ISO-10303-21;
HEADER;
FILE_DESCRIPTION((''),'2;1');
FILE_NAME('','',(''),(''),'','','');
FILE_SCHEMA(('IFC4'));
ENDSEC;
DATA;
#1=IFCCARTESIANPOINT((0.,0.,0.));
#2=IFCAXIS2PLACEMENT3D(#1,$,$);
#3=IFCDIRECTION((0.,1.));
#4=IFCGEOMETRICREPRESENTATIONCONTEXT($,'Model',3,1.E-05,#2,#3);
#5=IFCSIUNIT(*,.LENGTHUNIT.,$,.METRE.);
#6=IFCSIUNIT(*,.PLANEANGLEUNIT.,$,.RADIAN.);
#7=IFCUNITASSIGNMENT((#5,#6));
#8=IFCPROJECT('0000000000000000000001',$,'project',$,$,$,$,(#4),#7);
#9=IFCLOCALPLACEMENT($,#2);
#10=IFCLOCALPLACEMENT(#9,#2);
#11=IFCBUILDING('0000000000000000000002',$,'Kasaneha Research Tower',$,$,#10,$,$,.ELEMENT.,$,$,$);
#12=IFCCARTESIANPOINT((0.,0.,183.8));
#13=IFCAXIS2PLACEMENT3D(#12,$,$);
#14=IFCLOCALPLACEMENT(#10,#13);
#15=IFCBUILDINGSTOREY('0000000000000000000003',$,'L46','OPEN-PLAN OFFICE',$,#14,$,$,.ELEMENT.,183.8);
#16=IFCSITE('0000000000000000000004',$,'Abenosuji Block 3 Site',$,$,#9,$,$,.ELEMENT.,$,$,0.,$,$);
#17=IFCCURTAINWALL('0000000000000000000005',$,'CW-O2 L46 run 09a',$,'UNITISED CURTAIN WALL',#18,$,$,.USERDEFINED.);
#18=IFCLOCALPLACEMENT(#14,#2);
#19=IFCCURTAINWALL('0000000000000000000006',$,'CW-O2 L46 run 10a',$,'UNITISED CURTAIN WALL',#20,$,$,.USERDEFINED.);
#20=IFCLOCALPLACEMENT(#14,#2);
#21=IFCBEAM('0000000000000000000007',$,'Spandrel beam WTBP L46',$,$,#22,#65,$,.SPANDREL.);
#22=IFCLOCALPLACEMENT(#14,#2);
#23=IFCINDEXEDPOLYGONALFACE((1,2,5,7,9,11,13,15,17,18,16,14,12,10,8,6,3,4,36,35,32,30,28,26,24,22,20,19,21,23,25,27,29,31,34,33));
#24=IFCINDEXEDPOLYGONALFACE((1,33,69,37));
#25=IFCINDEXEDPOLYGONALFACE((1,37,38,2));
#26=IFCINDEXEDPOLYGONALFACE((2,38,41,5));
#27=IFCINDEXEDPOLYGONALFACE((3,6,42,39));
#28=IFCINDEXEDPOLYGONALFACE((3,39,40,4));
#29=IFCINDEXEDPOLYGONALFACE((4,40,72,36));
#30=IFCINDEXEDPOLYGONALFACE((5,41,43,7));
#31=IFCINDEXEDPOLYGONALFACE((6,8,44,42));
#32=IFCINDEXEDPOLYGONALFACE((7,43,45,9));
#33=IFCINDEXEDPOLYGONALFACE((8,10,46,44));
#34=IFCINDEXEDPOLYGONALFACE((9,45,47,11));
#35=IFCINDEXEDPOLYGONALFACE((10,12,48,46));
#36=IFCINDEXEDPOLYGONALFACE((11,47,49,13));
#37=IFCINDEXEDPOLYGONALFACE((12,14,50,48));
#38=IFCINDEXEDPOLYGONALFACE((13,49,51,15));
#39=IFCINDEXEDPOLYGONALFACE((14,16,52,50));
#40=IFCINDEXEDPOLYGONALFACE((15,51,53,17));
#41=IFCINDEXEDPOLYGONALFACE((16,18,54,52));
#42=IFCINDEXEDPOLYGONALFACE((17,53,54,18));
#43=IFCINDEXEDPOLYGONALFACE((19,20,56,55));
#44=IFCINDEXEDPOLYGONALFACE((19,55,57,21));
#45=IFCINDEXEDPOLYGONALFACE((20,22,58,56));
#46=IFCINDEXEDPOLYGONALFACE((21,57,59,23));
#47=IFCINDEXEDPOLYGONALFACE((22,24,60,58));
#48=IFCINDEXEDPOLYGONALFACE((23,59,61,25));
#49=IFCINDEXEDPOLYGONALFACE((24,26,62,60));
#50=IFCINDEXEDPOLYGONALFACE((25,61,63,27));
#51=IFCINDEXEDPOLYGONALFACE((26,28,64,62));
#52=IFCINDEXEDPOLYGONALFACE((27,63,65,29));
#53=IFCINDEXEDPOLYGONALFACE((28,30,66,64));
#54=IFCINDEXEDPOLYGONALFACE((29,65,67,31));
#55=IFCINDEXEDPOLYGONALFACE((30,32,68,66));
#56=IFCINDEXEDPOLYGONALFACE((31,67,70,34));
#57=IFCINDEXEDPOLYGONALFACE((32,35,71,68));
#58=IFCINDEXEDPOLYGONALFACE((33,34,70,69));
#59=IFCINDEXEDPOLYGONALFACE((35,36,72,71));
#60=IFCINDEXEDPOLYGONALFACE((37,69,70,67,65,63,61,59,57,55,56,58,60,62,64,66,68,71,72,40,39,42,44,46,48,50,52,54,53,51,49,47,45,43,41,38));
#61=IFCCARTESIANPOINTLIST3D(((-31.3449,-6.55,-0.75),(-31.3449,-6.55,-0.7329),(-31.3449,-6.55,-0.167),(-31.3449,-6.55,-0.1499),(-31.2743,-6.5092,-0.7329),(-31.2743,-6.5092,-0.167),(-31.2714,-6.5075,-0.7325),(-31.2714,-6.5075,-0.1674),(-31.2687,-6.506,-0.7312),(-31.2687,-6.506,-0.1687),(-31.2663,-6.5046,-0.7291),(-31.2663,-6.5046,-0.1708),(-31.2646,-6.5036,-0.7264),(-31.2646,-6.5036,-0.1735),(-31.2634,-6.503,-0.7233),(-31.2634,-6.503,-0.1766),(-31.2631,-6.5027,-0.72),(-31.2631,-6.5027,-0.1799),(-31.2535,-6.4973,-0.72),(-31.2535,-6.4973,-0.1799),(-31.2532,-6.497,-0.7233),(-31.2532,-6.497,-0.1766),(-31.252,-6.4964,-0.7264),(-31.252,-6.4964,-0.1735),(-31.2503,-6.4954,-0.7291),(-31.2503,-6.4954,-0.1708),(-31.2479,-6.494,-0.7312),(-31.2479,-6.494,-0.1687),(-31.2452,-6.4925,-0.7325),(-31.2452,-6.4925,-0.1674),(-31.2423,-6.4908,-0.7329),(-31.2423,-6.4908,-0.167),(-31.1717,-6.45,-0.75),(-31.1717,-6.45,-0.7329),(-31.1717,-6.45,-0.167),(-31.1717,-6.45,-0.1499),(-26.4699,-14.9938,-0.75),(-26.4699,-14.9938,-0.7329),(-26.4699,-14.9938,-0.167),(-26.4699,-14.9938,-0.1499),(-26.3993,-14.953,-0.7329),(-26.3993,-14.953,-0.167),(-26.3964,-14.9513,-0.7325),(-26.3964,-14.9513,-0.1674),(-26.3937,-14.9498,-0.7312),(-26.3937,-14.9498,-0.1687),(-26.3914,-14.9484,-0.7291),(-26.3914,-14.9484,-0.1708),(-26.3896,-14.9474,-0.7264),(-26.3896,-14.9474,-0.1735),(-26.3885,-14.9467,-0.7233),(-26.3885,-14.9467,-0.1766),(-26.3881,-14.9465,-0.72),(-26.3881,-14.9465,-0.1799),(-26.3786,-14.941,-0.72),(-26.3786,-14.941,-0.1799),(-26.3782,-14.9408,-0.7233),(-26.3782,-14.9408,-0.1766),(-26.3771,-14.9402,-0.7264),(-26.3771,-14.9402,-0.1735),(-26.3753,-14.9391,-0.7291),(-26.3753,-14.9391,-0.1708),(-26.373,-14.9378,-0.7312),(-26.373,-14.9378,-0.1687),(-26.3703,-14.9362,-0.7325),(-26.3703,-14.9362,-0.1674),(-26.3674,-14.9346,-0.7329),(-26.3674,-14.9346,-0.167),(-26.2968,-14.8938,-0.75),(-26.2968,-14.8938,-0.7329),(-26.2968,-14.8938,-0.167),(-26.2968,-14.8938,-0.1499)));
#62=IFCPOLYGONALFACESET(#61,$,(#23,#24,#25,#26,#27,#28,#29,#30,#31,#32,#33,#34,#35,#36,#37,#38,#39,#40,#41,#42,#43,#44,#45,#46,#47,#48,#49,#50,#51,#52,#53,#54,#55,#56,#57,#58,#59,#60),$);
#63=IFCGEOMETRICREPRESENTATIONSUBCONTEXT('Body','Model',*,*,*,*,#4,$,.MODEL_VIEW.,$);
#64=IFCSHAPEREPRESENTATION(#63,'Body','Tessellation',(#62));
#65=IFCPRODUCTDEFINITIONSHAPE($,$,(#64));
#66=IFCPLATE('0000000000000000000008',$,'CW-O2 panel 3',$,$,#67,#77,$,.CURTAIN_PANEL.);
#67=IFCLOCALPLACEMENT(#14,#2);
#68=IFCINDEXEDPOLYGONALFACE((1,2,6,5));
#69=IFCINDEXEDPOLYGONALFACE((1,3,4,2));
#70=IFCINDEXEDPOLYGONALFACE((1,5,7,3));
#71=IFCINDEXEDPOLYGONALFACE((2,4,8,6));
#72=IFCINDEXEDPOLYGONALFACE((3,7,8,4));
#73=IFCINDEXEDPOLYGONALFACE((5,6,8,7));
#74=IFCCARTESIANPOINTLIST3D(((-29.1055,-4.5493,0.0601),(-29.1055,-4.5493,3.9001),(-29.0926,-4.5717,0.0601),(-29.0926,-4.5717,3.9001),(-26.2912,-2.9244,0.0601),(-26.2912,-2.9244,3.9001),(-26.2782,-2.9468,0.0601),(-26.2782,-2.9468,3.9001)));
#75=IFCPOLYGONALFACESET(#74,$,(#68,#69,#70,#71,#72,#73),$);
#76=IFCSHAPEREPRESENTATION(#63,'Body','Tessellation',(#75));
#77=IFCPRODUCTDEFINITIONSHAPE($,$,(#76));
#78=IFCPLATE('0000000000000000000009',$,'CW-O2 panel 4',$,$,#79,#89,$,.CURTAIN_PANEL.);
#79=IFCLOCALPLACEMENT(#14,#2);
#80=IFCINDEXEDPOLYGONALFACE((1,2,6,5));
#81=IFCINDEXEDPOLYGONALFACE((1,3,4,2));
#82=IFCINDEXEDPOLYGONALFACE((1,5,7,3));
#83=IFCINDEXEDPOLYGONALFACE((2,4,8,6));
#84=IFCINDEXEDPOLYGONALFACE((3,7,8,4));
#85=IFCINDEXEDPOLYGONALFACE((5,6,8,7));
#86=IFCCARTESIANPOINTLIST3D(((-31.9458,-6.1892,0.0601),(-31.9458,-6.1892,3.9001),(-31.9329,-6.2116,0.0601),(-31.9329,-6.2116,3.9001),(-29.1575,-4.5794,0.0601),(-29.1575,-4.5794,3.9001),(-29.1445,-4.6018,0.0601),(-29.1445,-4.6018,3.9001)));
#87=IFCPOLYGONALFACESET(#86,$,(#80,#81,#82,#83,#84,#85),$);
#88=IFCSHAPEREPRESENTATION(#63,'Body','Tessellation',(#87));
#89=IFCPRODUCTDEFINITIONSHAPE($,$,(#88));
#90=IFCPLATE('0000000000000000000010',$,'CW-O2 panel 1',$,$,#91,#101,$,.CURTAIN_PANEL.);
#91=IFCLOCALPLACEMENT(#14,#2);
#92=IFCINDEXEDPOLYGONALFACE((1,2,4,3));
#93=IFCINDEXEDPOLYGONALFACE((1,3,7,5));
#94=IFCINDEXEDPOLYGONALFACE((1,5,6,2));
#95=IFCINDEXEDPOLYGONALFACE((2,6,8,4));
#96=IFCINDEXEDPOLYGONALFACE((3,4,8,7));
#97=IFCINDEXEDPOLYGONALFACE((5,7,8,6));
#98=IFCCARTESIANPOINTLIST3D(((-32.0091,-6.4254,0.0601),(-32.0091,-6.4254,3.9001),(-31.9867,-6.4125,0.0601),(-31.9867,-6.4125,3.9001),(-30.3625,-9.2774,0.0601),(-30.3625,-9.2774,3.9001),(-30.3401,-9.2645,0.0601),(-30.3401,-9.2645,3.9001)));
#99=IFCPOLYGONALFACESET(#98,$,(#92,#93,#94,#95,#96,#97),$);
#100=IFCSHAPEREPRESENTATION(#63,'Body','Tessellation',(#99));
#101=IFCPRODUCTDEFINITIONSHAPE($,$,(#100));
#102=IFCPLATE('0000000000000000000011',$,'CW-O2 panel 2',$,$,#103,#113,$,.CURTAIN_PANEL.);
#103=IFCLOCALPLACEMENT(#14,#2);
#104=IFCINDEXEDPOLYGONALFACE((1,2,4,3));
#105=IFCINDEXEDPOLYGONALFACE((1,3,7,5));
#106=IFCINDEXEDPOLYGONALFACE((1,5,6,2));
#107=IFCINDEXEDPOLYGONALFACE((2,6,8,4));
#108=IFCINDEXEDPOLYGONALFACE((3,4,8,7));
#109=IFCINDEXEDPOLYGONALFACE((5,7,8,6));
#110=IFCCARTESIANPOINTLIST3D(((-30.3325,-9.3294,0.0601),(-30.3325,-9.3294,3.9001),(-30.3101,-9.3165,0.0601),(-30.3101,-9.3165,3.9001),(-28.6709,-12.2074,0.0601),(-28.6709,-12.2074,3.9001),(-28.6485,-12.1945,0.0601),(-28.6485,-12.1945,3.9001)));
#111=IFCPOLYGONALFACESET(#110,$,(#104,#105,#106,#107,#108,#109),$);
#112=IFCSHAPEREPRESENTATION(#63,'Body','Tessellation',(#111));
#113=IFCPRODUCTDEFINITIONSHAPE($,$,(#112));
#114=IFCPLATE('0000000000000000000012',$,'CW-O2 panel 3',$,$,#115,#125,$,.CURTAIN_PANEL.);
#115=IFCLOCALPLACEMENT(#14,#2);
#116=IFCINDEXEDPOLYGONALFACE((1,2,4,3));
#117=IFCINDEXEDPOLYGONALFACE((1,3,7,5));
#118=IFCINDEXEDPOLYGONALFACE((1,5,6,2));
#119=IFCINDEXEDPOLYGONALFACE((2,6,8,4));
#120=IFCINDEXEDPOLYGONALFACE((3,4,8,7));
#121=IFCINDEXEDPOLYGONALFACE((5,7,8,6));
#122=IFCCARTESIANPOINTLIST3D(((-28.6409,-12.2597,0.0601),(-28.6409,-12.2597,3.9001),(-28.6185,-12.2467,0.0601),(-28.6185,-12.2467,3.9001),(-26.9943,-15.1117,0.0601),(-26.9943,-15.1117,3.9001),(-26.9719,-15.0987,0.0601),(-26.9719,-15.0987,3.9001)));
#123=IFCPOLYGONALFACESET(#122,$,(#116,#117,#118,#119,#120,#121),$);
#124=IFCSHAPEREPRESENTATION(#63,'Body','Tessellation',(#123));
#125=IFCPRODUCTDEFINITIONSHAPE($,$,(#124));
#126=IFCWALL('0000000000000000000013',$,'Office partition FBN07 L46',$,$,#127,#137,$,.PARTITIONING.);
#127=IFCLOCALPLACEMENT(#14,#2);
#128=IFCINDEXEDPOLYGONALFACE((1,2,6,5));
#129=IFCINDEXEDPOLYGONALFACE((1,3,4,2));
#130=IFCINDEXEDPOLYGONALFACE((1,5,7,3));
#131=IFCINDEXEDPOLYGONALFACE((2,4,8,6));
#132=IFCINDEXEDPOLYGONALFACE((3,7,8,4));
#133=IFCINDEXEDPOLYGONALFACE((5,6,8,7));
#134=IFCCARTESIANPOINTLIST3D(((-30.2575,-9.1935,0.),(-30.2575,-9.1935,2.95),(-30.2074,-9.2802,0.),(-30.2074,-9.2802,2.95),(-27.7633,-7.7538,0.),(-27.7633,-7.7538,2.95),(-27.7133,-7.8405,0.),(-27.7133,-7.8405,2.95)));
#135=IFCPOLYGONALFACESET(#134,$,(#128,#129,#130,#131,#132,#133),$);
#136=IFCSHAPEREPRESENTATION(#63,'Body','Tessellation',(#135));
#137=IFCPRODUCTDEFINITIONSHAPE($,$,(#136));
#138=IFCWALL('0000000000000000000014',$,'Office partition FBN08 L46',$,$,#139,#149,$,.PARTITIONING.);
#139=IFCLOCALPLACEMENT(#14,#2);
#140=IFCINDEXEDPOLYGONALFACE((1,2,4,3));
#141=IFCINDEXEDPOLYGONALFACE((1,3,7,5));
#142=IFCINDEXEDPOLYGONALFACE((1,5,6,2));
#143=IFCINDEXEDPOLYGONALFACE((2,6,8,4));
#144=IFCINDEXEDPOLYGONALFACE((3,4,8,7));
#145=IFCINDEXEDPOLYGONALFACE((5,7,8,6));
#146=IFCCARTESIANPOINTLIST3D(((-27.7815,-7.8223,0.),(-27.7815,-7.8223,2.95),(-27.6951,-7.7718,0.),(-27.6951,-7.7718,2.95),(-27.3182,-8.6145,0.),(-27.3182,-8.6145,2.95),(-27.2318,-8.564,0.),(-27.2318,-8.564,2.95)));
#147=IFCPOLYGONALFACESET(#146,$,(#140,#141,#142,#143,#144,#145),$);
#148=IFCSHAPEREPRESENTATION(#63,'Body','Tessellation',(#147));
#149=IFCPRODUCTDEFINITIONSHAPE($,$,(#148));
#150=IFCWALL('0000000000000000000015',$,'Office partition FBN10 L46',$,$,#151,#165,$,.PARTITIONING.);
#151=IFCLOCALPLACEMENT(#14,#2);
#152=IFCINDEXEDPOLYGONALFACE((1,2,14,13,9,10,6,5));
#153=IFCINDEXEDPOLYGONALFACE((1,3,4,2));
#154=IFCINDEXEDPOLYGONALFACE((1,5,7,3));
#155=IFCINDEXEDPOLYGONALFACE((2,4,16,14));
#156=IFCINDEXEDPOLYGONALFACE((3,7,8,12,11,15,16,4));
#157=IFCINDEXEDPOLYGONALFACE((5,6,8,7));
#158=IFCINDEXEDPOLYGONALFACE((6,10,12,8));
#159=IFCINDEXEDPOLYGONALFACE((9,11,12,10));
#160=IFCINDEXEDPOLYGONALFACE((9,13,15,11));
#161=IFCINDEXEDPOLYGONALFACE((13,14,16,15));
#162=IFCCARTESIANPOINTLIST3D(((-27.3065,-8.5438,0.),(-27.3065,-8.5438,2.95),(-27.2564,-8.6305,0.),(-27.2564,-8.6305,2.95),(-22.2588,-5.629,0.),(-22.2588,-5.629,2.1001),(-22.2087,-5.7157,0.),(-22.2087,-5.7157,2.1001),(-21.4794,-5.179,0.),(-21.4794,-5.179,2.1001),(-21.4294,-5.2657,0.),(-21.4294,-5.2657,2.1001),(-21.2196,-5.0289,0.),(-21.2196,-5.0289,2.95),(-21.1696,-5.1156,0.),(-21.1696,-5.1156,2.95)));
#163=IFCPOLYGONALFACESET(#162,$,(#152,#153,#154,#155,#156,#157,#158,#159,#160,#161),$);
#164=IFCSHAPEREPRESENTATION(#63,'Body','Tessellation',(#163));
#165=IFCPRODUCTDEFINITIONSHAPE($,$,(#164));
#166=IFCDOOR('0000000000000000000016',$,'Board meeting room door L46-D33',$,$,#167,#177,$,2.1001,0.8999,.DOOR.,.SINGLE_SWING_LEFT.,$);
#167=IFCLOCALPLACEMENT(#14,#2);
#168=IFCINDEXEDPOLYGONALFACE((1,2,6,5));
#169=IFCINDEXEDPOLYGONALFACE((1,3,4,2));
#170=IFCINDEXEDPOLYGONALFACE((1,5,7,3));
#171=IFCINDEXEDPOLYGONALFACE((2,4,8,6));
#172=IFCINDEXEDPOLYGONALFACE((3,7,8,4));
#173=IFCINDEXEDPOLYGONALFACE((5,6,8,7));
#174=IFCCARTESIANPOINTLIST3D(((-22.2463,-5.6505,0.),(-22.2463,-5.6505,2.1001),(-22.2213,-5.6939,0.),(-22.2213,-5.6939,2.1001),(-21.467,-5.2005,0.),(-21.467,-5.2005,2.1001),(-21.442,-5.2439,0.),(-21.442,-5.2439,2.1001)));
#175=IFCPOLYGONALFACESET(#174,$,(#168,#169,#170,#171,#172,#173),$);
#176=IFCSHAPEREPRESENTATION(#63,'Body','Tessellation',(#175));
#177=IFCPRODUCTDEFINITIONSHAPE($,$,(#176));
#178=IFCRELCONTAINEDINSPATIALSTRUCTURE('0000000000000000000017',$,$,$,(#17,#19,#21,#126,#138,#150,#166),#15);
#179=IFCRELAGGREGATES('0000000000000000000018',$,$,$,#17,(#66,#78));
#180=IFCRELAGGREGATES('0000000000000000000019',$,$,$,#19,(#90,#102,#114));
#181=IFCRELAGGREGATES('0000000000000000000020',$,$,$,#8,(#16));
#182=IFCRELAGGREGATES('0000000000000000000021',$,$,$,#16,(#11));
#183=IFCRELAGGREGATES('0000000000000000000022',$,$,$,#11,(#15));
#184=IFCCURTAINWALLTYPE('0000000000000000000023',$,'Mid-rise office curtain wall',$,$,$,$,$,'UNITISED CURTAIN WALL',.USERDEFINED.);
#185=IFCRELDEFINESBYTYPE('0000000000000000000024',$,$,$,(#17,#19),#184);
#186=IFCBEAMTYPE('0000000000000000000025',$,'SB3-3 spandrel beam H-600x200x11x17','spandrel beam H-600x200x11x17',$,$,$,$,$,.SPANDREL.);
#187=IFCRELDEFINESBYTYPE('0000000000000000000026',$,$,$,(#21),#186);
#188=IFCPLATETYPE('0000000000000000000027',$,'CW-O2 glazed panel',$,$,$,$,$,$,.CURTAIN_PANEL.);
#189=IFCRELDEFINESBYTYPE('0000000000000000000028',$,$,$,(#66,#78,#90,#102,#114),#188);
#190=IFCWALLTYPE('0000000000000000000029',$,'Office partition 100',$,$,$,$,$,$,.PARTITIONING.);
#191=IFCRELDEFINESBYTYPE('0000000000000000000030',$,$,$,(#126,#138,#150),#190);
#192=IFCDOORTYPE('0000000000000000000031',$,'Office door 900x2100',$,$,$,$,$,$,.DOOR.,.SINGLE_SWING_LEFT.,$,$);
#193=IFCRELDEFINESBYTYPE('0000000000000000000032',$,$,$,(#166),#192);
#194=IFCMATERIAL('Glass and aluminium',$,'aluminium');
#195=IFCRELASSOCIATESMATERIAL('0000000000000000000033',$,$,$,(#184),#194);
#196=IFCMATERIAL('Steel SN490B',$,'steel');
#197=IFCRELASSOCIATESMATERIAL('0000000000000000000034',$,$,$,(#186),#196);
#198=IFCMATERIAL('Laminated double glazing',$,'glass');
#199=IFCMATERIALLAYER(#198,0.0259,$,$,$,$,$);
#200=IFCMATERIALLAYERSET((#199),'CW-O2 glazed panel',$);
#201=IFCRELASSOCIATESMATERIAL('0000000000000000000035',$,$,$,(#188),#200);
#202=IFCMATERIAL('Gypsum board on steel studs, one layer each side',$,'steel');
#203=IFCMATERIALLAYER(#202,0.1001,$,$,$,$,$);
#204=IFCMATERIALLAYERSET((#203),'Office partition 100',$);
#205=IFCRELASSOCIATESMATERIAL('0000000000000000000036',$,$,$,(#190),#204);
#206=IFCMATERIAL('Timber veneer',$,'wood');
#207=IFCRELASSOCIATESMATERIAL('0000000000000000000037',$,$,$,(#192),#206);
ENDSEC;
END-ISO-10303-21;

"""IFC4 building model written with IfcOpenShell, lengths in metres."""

from ifc_helpers import new_model, si_unit, direction, frame, frame_2d, origin, origin_2d, place, context, subcontext, project, spatial, rectangle, i_section, extrude, material, layer, layer_set, material_profile, profile_set, type_object, element, fill, aggregate, save


model = new_model("IFC4")

# Units and contexts
model_context = context("Model", 3, precision=1e-05, world=origin(), true_north=direction((0.0, 1.0)))
body_context = subcontext(model_context, "Body", "Model", "MODEL_VIEW")
ifc_project = project(units=[si_unit("LENGTHUNIT", "METRE"), si_unit("PLANEANGLEUNIT", "RADIAN")], contexts=[model_context])

# Site, building, storey
site_placement = place(None, origin())
site = spatial("IfcSite", under=ifc_project, at=site_placement, Name="Abenosuji Block 3 Site", CompositionType="ELEMENT", RefElevation=0.0)
building_placement = place(site_placement, origin())
building = spatial("IfcBuilding", under=site, at=building_placement, Name="Kasaneha Research Tower", CompositionType="ELEMENT")
storey_placement = place(building_placement, frame((0.0, 0.0, 183.8)))
storey = spatial("IfcBuildingStorey", under=building, at=storey_placement, Name="L46", Description="OPEN-PLAN OFFICE", CompositionType="ELEMENT", Elevation=183.8)

# Curtain walls
ifc_material_1 = material(Name="Glass and aluminium", Category="aluminium")
curtain_wall_type = type_object("IfcCurtainWallType", Name="Mid-rise office curtain wall", ElementType="UNITISED CURTAIN WALL", PredefinedType="USERDEFINED", material=ifc_material_1)
curtain_wall_1_placement = place(storey_placement, origin())
curtain_wall_1 = element("IfcCurtainWall", 1, at=curtain_wall_1_placement, inside=storey, type_object=curtain_wall_type, Name="CW-O2 L46 run 09a", ObjectType="UNITISED CURTAIN WALL", PredefinedType="USERDEFINED")
curtain_wall_2_placement = place(storey_placement, origin())
curtain_wall_2 = element("IfcCurtainWall", 2, at=curtain_wall_2_placement, inside=storey, type_object=curtain_wall_type, Name="CW-O2 L46 run 10a", ObjectType="UNITISED CURTAIN WALL", PredefinedType="USERDEFINED")

# Beam
ifc_material_2 = material(Name="Steel SN490B", Category="steel")
ifc_material_profile_1 = material_profile(ifc_material_2, i_section(OverallWidth=0.2, OverallDepth=0.6001, WebThickness=0.011, FlangeThickness=0.0171, FilletRadius=0.0129, at=origin_2d()), Name="H-600x200x11x17")
ifc_profile_set_1 = profile_set([ifc_material_profile_1], Name="Steel SN490B")
beam_type_1 = type_object("IfcBeamType", Name="SB3-3 spandrel beam H-600x200x11x17", Description="spandrel beam H-600x200x11x17", PredefinedType="SPANDREL", material=ifc_profile_set_1)
beam_1_placement = place(storey_placement, frame((-31.2583, -6.5, -0.45), z_axis=(0.499996, -0.866028, 0.0), x_axis=(0.866028, 0.499996, 0.0)))
element("IfcBeam", 3, at=beam_1_placement, inside=storey, type_object=beam_type_1, Name="Spandrel beam WTBP L46", PredefinedType="SPANDREL", context=body_context, shape_type="SweptSolid", body=[
    extrude(i_section(OverallWidth=0.2, OverallDepth=0.6001, WebThickness=0.011, FlangeThickness=0.0171, FilletRadius=0.0129, at=origin_2d()), origin(), (0.0, 0.0, 1.0), 9.75),
])

# Plates
ifc_material_3 = material(Name="Laminated double glazing", Category="glass")
ifc_layer_1 = layer(ifc_material_3, 0.0259)
ifc_layer_set_1 = layer_set([ifc_layer_1], Name="CW-O2 glazed panel")
plate_type = type_object("IfcPlateType", Name="CW-O2 glazed panel", PredefinedType="CURTAIN_PANEL", material=ifc_layer_set_1)
plate_1_placement = place(storey_placement, frame((-27.6919, -3.748, 0.0601), z_axis=(0.0, 0.0, 1.0), x_axis=(-0.866025, -0.5, 0.0)))
plate_1 = element("IfcPlate", 4, at=plate_1_placement, type_object=plate_type, Name="CW-O2 panel 3", PredefinedType="CURTAIN_PANEL", context=body_context, shape_type="SweptSolid", body=[
    extrude(rectangle(XDim=3.2498, YDim=0.0259, at=origin_2d()), origin(), (0.0, 0.0, 1.0), 3.8401),
])
plate_2_placement = place(storey_placement, frame((-30.5452, -5.3955, 0.0601), z_axis=(0.0, 0.0, 1.0), x_axis=(-0.866025, -0.5, 0.0)))
plate_2 = element("IfcPlate", 5, at=plate_2_placement, type_object=plate_type, Name="CW-O2 panel 4", PredefinedType="CURTAIN_PANEL", context=body_context, shape_type="SweptSolid", body=[
    extrude(rectangle(XDim=3.2197, YDim=0.0259, at=origin_2d()), origin(), (0.0, 0.0, 1.0), 3.8401),
])
aggregate(curtain_wall_1, [plate_1, plate_2])
plate_3_placement = place(storey_placement, frame((-31.1746, -7.845, 0.0601), z_axis=(0.0, 0.0, 1.0), x_axis=(0.5, -0.866025, 0.0)))
plate_3 = element("IfcPlate", 6, at=plate_3_placement, type_object=plate_type, Name="CW-O2 panel 1", PredefinedType="CURTAIN_PANEL", context=body_context, shape_type="SweptSolid", body=[
    extrude(rectangle(XDim=3.2932, YDim=0.0259, at=origin_2d()), origin(), (0.0, 0.0, 1.0), 3.8401),
])
plate_4_placement = place(storey_placement, frame((-29.4905, -10.762, 0.0601), z_axis=(0.0, 0.0, 1.0), x_axis=(0.5, -0.866025, 0.0)))
plate_4 = element("IfcPlate", 7, at=plate_4_placement, type_object=plate_type, Name="CW-O2 panel 2", PredefinedType="CURTAIN_PANEL", context=body_context, shape_type="SweptSolid", body=[
    extrude(rectangle(XDim=3.3232, YDim=0.0259, at=origin_2d()), origin(), (0.0, 0.0, 1.0), 3.8401),
])
plate_5_placement = place(storey_placement, frame((-27.8064, -13.6792, 0.0601), z_axis=(0.0, 0.0, 1.0), x_axis=(0.5, -0.866025, 0.0)))
plate_5 = element("IfcPlate", 8, at=plate_5_placement, type_object=plate_type, Name="CW-O2 panel 3", PredefinedType="CURTAIN_PANEL", context=body_context, shape_type="SweptSolid", body=[
    extrude(rectangle(XDim=3.2932, YDim=0.0259, at=origin_2d()), origin(), (0.0, 0.0, 1.0), 3.8401),
])
aggregate(curtain_wall_2, [plate_3, plate_4, plate_5])

# Walls
ifc_material_4 = material(Name="Gypsum board on steel studs, one layer each side", Category="steel")
ifc_layer_2 = layer(ifc_material_4, 0.1001)
ifc_layer_set_2 = layer_set([ifc_layer_2], Name="Office partition 100")
wall_type_1 = type_object("IfcWallType", Name="Office partition 100", PredefinedType="PARTITIONING", material=ifc_layer_set_2)
wall_1_placement = place(storey_placement, frame((-27.7383, -7.7971, 0.0), z_axis=(0.0, 0.0, 1.0), x_axis=(-0.86607, -0.499923, 0.0)))
element("IfcWall", 9, at=wall_1_placement, inside=storey, type_object=wall_type_1, Name="Office partition FBN07 L46", PredefinedType="PARTITIONING", context=body_context, shape_type="SweptSolid", body=[
    extrude(rectangle(XDim=2.8799, YDim=0.1001, at=frame_2d((1.4399, 0.0))), origin(), (0.0, 0.0, 1.0), 2.95),
])
wall_2_placement = place(storey_placement, frame((-27.2749, -8.5894, 0.0), z_axis=(0.0, 0.0, 1.0), x_axis=(-0.50488, 0.86319, 0.0)))
element("IfcWall", 10, at=wall_2_placement, inside=storey, type_object=wall_type_1, Name="Office partition FBN08 L46", PredefinedType="PARTITIONING", context=body_context, shape_type="SweptSolid", body=[
    extrude(rectangle(XDim=0.9177, YDim=0.1001, at=frame_2d((0.459, 0.0))), origin(), (0.0, 0.0, 1.0), 2.95),
])

# Wall, opening, door
wall_3_placement = place(storey_placement, frame((-21.1946, -5.0723, 0.0), z_axis=(0.0, 0.0, 1.0), x_axis=(-0.865988, -0.500065, 0.0)))
wall_3 = element("IfcWall", 11, at=wall_3_placement, inside=storey, type_object=wall_type_1, Name="Office partition FBN10 L46", PredefinedType="PARTITIONING", context=body_context, shape_type="SweptSolid", body=[
    extrude(rectangle(XDim=7.0288, YDim=0.1001, at=frame_2d((3.5144, 0.0))), origin(), (0.0, 0.0, 1.0), 2.95),
])
opening_1_placement = place(wall_3_placement, frame((0.3, 0.0, 0.0)))
opening_1 = element("IfcOpeningElement", 12, at=opening_1_placement, cuts=wall_3, PredefinedType="OPENING", context=body_context, shape_type="SweptSolid", body=[
    extrude(rectangle(XDim=0.8999, YDim=2.1001, at=frame_2d((0.45, 1.05))), frame((0.0, 0.0601, 0.0), z_axis=(0.0, -1.0, 0.0), x_axis=(1.0, 0.0, 0.0)), (0.0, 0.0, 1.0), 0.1201),
])
ifc_material_5 = material(Name="Timber veneer", Category="wood")
door_type_1 = type_object("IfcDoorType", Name="Office door 900x2100", OperationType="SINGLE_SWING_LEFT", PredefinedType="DOOR", material=ifc_material_5)
door_1_placement = place(opening_1_placement, origin())
door_1 = element("IfcDoor", 13, at=door_1_placement, inside=storey, type_object=door_type_1, Name="Board meeting room door L46-D33", OperationType="SINGLE_SWING_LEFT", OverallHeight=2.1001, OverallWidth=0.8999, PredefinedType="DOOR", context=body_context, shape_type="SweptSolid", body=[
    extrude(rectangle(XDim=0.8999, YDim=2.1001, at=frame_2d((0.45, 1.05))), frame((0.0, 0.0249, 0.0), z_axis=(0.0, -1.0, 0.0), x_axis=(1.0, 0.0, 0.0)), (0.0, 0.0, 1.0), 0.05),
])
fill(opening_1, door_1)

save(model, "model.ifc")
